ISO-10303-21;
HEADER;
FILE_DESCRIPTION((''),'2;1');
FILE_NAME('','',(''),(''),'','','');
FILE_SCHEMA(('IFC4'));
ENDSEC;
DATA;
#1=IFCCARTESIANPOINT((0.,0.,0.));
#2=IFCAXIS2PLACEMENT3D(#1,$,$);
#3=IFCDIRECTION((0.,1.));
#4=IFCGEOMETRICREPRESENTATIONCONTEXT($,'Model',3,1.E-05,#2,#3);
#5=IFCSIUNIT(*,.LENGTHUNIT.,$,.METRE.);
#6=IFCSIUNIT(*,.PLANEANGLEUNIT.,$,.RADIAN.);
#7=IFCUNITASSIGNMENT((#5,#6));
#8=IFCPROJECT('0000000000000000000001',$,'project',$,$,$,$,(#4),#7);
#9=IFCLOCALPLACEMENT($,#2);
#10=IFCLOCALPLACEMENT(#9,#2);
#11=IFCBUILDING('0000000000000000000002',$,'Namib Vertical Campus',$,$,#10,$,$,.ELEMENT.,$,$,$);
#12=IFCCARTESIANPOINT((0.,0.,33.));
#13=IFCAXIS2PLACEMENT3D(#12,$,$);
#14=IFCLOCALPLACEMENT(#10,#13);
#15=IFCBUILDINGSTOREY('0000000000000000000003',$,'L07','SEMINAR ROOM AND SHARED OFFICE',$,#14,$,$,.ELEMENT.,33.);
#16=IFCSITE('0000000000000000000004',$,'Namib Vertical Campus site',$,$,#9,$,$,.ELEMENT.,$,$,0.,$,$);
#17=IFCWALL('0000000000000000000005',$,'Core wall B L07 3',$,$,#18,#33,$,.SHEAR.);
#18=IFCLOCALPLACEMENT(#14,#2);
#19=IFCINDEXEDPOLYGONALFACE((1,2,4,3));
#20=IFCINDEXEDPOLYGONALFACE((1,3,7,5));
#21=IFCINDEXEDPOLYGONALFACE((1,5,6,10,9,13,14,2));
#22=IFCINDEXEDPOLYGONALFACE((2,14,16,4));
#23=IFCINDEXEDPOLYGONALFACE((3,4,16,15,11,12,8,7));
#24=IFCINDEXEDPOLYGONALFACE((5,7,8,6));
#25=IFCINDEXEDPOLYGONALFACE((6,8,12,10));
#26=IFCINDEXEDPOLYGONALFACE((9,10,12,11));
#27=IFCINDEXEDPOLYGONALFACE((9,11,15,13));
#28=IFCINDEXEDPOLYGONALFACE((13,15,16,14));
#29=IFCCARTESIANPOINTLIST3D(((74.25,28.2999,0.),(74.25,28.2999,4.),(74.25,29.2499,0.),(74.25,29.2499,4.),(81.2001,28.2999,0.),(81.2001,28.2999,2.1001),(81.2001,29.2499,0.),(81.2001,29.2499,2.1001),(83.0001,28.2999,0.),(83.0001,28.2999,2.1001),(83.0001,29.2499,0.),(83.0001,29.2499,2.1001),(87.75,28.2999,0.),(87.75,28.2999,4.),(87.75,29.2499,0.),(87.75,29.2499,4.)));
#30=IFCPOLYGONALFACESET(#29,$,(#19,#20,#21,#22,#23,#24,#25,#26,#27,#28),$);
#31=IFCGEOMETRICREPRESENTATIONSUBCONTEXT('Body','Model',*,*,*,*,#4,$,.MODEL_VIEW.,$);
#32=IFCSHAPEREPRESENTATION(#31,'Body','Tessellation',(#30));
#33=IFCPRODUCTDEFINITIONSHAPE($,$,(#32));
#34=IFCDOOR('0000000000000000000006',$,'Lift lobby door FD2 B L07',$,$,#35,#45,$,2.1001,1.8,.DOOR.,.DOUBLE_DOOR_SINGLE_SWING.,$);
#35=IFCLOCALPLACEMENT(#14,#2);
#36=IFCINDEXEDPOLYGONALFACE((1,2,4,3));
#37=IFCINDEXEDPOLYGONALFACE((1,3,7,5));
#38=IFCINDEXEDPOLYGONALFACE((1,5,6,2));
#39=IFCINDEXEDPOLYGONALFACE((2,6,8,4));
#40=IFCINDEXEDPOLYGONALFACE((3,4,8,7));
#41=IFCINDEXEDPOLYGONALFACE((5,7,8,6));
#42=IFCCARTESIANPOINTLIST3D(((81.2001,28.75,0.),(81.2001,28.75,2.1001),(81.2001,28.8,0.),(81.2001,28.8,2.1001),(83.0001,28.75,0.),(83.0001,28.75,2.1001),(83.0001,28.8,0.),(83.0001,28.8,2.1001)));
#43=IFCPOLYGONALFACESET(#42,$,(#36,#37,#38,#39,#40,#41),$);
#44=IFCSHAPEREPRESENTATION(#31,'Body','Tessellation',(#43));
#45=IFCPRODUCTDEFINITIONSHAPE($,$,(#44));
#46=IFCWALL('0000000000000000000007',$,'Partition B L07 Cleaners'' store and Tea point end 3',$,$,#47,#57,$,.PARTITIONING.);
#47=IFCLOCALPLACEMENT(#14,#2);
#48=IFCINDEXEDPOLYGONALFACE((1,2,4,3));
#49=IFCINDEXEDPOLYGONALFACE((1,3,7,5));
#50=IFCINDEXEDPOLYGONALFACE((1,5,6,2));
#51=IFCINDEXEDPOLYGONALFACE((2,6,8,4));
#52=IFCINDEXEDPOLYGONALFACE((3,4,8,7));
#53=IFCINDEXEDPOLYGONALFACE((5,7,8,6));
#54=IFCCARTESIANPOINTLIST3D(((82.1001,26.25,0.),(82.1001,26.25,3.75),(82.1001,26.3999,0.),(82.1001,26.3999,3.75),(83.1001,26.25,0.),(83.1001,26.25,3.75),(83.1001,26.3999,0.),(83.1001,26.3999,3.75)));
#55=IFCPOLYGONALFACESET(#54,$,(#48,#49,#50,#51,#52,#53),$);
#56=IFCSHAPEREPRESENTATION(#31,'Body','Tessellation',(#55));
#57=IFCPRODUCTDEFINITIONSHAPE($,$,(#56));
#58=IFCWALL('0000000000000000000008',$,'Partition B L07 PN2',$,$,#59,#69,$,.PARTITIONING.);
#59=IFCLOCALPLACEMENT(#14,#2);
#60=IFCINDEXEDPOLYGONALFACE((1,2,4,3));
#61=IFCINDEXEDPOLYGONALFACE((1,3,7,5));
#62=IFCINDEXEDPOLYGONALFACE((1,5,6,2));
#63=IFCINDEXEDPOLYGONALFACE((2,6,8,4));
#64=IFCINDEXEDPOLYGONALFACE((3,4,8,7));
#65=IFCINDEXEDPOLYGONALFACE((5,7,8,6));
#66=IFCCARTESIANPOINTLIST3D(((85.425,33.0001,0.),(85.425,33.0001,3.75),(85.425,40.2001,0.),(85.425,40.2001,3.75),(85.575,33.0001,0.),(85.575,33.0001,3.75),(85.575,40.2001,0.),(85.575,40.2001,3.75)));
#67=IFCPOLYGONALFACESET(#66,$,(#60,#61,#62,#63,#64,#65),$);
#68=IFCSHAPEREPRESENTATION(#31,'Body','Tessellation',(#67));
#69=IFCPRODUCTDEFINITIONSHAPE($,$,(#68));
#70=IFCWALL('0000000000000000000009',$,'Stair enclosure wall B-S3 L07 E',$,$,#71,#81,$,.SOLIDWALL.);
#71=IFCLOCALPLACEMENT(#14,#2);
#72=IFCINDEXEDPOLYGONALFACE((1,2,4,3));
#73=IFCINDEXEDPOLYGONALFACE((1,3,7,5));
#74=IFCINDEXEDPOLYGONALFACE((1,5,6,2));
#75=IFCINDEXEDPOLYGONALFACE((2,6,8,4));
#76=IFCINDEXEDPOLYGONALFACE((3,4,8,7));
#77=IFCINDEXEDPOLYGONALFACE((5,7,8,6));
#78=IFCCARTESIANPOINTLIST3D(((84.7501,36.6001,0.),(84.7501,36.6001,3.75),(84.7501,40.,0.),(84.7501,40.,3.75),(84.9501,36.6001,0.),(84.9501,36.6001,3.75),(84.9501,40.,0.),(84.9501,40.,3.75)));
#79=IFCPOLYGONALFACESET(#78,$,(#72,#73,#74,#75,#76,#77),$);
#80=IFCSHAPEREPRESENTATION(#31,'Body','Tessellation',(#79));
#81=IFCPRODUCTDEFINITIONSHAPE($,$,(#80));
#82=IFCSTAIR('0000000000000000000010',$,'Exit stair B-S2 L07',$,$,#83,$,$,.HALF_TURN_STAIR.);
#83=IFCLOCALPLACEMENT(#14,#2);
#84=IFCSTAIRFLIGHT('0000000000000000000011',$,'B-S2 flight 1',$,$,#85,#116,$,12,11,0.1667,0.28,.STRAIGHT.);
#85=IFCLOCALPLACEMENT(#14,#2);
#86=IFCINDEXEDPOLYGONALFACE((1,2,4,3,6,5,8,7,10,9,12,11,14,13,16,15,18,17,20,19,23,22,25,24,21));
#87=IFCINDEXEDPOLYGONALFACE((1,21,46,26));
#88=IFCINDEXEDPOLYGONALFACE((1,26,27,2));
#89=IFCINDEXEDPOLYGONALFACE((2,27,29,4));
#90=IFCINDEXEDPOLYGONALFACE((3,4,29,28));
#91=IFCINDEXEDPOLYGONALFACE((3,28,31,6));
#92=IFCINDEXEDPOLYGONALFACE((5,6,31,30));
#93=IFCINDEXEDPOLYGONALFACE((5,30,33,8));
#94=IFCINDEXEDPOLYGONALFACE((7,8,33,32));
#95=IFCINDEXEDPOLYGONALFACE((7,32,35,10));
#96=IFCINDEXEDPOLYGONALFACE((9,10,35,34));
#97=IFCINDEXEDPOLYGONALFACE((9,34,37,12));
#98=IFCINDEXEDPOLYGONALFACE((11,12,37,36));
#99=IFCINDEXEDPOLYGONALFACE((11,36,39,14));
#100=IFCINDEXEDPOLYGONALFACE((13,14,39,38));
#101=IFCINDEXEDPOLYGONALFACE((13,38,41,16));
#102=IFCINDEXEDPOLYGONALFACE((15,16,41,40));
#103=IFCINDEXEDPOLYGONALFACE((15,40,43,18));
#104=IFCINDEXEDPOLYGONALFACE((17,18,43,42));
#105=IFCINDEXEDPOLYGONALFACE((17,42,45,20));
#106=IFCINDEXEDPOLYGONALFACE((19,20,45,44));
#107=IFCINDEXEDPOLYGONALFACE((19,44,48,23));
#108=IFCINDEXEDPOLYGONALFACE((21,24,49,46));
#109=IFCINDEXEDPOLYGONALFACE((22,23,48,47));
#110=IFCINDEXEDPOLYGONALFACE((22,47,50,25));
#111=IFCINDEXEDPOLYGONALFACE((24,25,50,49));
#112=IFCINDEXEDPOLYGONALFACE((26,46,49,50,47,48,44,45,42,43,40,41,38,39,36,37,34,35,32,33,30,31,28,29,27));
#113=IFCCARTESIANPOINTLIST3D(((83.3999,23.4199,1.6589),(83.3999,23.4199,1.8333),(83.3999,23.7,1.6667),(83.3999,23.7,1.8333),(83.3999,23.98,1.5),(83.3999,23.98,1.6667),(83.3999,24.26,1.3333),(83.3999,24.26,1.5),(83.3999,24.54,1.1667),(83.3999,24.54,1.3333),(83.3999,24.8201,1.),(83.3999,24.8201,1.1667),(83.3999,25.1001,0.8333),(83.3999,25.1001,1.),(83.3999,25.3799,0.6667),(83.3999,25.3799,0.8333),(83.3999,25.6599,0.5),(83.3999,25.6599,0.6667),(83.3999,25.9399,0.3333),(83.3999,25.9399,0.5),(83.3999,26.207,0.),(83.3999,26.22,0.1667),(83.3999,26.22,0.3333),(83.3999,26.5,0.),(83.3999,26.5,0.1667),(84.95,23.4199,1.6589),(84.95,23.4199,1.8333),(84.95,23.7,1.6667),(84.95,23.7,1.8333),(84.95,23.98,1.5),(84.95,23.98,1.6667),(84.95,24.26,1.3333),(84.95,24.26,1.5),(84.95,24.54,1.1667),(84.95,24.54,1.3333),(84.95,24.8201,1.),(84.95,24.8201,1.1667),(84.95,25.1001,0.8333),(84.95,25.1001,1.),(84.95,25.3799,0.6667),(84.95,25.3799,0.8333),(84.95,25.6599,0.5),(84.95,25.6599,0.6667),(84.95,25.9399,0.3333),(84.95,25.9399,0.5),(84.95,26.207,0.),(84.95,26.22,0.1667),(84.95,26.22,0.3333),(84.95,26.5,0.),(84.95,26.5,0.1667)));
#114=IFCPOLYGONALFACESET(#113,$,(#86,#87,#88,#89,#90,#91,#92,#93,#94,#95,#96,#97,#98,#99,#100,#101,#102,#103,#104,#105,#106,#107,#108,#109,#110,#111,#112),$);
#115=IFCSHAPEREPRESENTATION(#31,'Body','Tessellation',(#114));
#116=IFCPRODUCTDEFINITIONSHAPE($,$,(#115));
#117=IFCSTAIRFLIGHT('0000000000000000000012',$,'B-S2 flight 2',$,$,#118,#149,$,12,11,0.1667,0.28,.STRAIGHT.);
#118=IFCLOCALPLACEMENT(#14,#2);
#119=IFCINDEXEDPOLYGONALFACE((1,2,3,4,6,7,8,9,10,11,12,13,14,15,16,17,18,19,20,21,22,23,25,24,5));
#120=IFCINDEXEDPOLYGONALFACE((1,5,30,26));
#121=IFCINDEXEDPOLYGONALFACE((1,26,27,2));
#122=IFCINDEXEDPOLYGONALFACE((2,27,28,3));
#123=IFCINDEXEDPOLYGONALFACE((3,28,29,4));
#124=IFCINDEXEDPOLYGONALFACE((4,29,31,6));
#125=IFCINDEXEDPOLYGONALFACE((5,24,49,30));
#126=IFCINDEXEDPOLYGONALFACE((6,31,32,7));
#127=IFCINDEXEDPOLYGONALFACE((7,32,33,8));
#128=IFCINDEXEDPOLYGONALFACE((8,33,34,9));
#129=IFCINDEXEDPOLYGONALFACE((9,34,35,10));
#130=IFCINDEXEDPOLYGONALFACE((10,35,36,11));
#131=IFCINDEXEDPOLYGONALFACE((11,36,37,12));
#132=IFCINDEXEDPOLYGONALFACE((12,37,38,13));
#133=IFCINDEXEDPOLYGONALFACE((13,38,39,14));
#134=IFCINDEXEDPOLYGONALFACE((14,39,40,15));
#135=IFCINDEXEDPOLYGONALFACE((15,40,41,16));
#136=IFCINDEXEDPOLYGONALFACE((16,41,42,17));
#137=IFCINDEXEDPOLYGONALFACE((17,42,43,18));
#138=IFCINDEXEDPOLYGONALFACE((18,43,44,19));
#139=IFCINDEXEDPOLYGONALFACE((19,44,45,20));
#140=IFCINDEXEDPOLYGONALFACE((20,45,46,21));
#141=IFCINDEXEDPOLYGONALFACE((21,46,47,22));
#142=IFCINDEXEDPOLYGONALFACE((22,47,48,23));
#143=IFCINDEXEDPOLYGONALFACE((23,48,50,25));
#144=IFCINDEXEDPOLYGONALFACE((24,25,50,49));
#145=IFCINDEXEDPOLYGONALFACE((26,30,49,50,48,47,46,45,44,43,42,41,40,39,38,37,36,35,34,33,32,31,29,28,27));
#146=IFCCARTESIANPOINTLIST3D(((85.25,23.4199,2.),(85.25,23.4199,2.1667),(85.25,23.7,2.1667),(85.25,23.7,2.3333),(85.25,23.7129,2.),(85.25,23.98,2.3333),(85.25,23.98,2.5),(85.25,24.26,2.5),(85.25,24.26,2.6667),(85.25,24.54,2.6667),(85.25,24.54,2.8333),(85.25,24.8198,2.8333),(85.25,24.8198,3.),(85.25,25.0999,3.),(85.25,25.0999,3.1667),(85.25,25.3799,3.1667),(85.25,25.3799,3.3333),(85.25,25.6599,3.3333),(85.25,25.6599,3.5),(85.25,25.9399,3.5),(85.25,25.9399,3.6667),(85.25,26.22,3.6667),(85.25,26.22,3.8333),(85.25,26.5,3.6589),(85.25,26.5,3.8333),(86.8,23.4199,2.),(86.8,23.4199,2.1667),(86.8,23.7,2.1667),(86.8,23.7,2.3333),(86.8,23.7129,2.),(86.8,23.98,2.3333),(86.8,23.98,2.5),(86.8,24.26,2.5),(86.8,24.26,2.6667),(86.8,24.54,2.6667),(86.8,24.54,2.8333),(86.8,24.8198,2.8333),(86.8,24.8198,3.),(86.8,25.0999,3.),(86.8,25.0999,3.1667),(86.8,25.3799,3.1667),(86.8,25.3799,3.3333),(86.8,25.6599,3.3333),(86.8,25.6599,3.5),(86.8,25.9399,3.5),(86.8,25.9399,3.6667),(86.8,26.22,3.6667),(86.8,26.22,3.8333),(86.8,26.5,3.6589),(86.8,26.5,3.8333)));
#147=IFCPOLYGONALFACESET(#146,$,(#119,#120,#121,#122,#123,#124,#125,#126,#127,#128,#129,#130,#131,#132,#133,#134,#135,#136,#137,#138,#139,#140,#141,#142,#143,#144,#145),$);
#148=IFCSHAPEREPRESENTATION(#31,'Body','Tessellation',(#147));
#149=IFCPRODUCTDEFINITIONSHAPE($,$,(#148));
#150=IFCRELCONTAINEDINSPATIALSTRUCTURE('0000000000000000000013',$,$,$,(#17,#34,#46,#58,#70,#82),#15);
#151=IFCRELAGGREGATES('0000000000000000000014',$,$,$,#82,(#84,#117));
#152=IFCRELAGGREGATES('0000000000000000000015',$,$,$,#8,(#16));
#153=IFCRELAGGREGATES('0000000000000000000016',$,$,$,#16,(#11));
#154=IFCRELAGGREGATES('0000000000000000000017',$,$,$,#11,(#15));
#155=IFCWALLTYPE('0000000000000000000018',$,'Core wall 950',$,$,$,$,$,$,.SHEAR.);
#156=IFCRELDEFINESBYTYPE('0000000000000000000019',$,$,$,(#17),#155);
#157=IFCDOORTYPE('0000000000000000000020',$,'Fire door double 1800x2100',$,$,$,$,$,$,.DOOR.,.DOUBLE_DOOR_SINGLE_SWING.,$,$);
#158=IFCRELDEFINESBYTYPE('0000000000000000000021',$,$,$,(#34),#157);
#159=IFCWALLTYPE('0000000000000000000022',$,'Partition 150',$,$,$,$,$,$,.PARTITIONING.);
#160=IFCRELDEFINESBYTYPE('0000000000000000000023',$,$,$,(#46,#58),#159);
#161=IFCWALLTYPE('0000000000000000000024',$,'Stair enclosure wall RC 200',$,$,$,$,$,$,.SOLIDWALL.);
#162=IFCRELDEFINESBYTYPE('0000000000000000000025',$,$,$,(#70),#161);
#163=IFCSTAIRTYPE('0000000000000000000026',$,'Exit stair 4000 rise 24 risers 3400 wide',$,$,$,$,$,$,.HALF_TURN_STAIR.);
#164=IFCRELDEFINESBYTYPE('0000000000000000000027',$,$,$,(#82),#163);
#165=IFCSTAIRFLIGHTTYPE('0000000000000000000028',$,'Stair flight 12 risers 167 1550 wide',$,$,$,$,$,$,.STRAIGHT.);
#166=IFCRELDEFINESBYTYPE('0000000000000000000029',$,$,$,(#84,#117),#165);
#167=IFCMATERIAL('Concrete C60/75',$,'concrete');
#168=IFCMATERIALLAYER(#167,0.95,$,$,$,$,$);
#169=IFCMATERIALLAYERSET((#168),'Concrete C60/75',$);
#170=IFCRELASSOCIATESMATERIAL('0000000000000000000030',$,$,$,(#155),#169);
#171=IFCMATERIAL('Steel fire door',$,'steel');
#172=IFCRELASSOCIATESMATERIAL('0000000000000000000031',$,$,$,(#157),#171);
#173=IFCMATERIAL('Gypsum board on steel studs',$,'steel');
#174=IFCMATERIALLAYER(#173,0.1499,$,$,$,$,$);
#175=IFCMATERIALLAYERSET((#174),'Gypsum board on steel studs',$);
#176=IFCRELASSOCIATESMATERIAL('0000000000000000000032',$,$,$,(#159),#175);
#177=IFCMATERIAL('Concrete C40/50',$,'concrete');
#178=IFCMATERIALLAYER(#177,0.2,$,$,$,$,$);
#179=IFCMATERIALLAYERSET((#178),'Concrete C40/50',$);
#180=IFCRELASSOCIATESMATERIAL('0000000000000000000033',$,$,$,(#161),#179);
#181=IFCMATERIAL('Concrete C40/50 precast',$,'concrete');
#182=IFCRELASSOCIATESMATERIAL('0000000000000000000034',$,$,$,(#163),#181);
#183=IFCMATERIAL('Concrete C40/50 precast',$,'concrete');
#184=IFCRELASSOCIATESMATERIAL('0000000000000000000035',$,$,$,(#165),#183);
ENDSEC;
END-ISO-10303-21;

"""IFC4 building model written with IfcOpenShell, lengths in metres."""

from ifc_helpers import new_model, si_unit, direction, frame, frame_2d, origin, place, context, subcontext, project, spatial, polyline, rectangle, outline, extrude, material, layer, layer_set, type_object, element, fill, aggregate, save


model = new_model("IFC4")

# Units and contexts
model_context = context("Model", 3, precision=1e-05, world=origin(), true_north=direction((0.0, 1.0)))
body_context = subcontext(model_context, "Body", "Model", "MODEL_VIEW")
ifc_project = project(units=[si_unit("LENGTHUNIT", "METRE"), si_unit("PLANEANGLEUNIT", "RADIAN")], contexts=[model_context])

# Site, building, storey
site_placement = place(None, origin())
site = spatial("IfcSite", under=ifc_project, at=site_placement, Name="Namib Vertical Campus site", CompositionType="ELEMENT", RefElevation=0.0)
building_placement = place(site_placement, origin())
building = spatial("IfcBuilding", under=site, at=building_placement, Name="Namib Vertical Campus", CompositionType="ELEMENT")
storey_placement = place(building_placement, frame((0.0, 0.0, 33.0)))
storey = spatial("IfcBuildingStorey", under=building, at=storey_placement, Name="L07", Description="SEMINAR ROOM AND SHARED OFFICE", CompositionType="ELEMENT", Elevation=33.0)

# Wall, opening, door
ifc_material_1 = material(Name="Concrete C60/75", Category="concrete")
ifc_layer_1 = layer(ifc_material_1, 0.95)
ifc_layer_set_1 = layer_set([ifc_layer_1], Name="Concrete C60/75")
wall_type_1 = type_object("IfcWallType", Name="Core wall 950", PredefinedType="SHEAR", material=ifc_layer_set_1)
wall_1_placement = place(storey_placement, frame((87.75, 28.7749, 0.0), z_axis=(0.0, 0.0, 1.0), x_axis=(-1.0, 0.0, 0.0)))
wall_1 = element("IfcWall", 1, at=wall_1_placement, inside=storey, type_object=wall_type_1, Name="Core wall B L07 3", PredefinedType="SHEAR", context=body_context, shape_type="SweptSolid", body=[
    extrude(rectangle(XDim=13.5, YDim=0.95, at=frame_2d((6.75, 0.0))), origin(), (0.0, 0.0, 1.0), 4.0),
])
opening_placement = place(wall_1_placement, frame((4.75, 0.0, 0.0)))
opening = element("IfcOpeningElement", 2, at=opening_placement, cuts=wall_1, PredefinedType="OPENING", context=body_context, shape_type="SweptSolid", body=[
    extrude(rectangle(XDim=1.8, YDim=2.1001, at=frame_2d((0.8999, 1.05))), frame((0.0, 0.4849, 0.0), z_axis=(0.0, -1.0, 0.0), x_axis=(1.0, 0.0, 0.0)), (0.0, 0.0, 1.0), 0.97),
])
ifc_material_2 = material(Name="Steel fire door", Category="steel")
door_type = type_object("IfcDoorType", Name="Fire door double 1800x2100", OperationType="DOUBLE_DOOR_SINGLE_SWING", PredefinedType="DOOR", material=ifc_material_2)
door_placement = place(opening_placement, origin())
door = element("IfcDoor", 3, at=door_placement, inside=storey, type_object=door_type, Name="Lift lobby door FD2 B L07", OperationType="DOUBLE_DOOR_SINGLE_SWING", OverallHeight=2.1001, OverallWidth=1.8, PredefinedType="DOOR", context=body_context, shape_type="SweptSolid", body=[
    extrude(rectangle(XDim=1.8, YDim=2.1001, at=frame_2d((0.8999, 1.05))), frame((0.0, 0.0249, 0.0), z_axis=(0.0, -1.0, 0.0), x_axis=(1.0, 0.0, 0.0)), (0.0, 0.0, 1.0), 0.05),
])
fill(opening, door)

# Walls
ifc_material_3 = material(Name="Gypsum board on steel studs", Category="steel")
ifc_layer_2 = layer(ifc_material_3, 0.1499)
ifc_layer_set_2 = layer_set([ifc_layer_2], Name="Gypsum board on steel studs")
wall_type_2 = type_object("IfcWallType", Name="Partition 150", PredefinedType="PARTITIONING", material=ifc_layer_set_2)
wall_2_placement = place(storey_placement, frame((82.1001, 26.325, 0.0), z_axis=(0.0, 0.0, 1.0), x_axis=(1.0, 0.0, 0.0)))
element("IfcWall", 4, at=wall_2_placement, inside=storey, type_object=wall_type_2, Name="Partition B L07 Cleaners' store and Tea point end 3", PredefinedType="PARTITIONING", context=body_context, shape_type="SweptSolid", body=[
    extrude(rectangle(XDim=1.0, YDim=0.1499, at=frame_2d((0.5, 0.0))), origin(), (0.0, 0.0, 1.0), 3.75),
])
wall_3_placement = place(storey_placement, frame((85.5, 33.0, 0.0), z_axis=(0.0, 0.0, 1.0), x_axis=(0.0, 1.0, 0.0)))
element("IfcWall", 5, at=wall_3_placement, inside=storey, type_object=wall_type_2, Name="Partition B L07 PN2", PredefinedType="PARTITIONING", context=body_context, shape_type="SweptSolid", body=[
    extrude(rectangle(XDim=7.2, YDim=0.1499, at=frame_2d((3.6001, 0.0))), origin(), (0.0, 0.0, 1.0), 3.75),
])
ifc_material_4 = material(Name="Concrete C40/50", Category="concrete")
ifc_layer_3 = layer(ifc_material_4, 0.2)
ifc_layer_set_3 = layer_set([ifc_layer_3], Name="Concrete C40/50")
wall_type_3 = type_object("IfcWallType", Name="Stair enclosure wall RC 200", PredefinedType="SOLIDWALL", material=ifc_layer_set_3)
wall_4_placement = place(storey_placement, frame((84.8501, 36.6001, 0.0), z_axis=(0.0, 0.0, 1.0), x_axis=(0.0, 1.0, 0.0)))
element("IfcWall", 6, at=wall_4_placement, inside=storey, type_object=wall_type_3, Name="Stair enclosure wall B-S3 L07 E", PredefinedType="SOLIDWALL", context=body_context, shape_type="SweptSolid", body=[
    extrude(rectangle(XDim=3.3999, YDim=0.2, at=frame_2d((1.7, 0.0))), origin(), (0.0, 0.0, 1.0), 3.75),
])

# Stair, stair flights
ifc_material_5 = material(Name="Concrete C40/50 precast", Category="concrete")
stair_type = type_object("IfcStairType", Name="Exit stair 4000 rise 24 risers 3400 wide", PredefinedType="HALF_TURN_STAIR", material=ifc_material_5)
stair_1_placement = place(storey_placement, origin())
stair_1 = element("IfcStair", 7, at=stair_1_placement, inside=storey, type_object=stair_type, Name="Exit stair B-S2 L07", PredefinedType="HALF_TURN_STAIR")
ifc_material_6 = material(Name="Concrete C40/50 precast", Category="concrete")
stair_flight_type = type_object("IfcStairFlightType", Name="Stair flight 12 risers 167 1550 wide", PredefinedType="STRAIGHT", material=ifc_material_6)
stair_flight_1_placement = place(storey_placement, frame((84.175, 26.5, 0.0), z_axis=(0.0, 0.0, 1.0), x_axis=(0.0, -1.0, 0.0)))
stair_flight_1 = element("IfcStairFlight", 8, at=stair_flight_1_placement, type_object=stair_flight_type, Name="B-S2 flight 1", NumberOfRisers=12, NumberOfTreads=11, PredefinedType="STRAIGHT", RiserHeight=0.1667, TreadLength=0.28, context=body_context, shape_type="SweptSolid", body=[
    extrude(outline(polyline([(0.0, 0.0), (0.0, 0.1667), (0.28, 0.1667), (0.28, 0.3333), (0.5601, 0.3333), (0.5601, 0.5), (0.8401, 0.5), (0.8401, 0.6667), (1.1201, 0.6667), (1.1201, 0.8333), (1.3999, 0.8333), (1.3999, 1.0), (1.6799, 1.0), (1.6799, 1.1667), (1.96, 1.1667), (1.96, 1.3333), (2.24, 1.3333), (2.24, 1.5), (2.52, 1.5), (2.52, 1.6667), (2.8, 1.6667), (2.8, 1.8333), (3.0801, 1.8333), (3.0801, 2.0), (3.0801, 1.6589), (0.293, 0.0), (0.0, 0.0)])), frame((0.0, 0.7749, 0.0), z_axis=(0.0, -1.0, 0.0), x_axis=(1.0, 0.0, 0.0)), (0.0, 0.0, 1.0), 1.55),
])
stair_flight_2_placement = place(storey_placement, frame((86.0249, 23.4199, 2.0), z_axis=(0.0, 0.0, 1.0), x_axis=(0.0, 1.0, 0.0)))
stair_flight_2 = element("IfcStairFlight", 9, at=stair_flight_2_placement, type_object=stair_flight_type, Name="B-S2 flight 2", NumberOfRisers=12, NumberOfTreads=11, PredefinedType="STRAIGHT", RiserHeight=0.1667, TreadLength=0.28, context=body_context, shape_type="SweptSolid", body=[
    extrude(outline(polyline([(0.0, 0.0), (0.0, 0.1667), (0.28, 0.1667), (0.28, 0.3333), (0.5601, 0.3333), (0.5601, 0.5), (0.8401, 0.5), (0.8401, 0.6667), (1.1201, 0.6667), (1.1201, 0.8333), (1.3999, 0.8333), (1.3999, 1.0), (1.6799, 1.0), (1.6799, 1.1667), (1.96, 1.1667), (1.96, 1.3333), (2.24, 1.3333), (2.24, 1.5), (2.52, 1.5), (2.52, 1.6667), (2.8, 1.6667), (2.8, 1.8333), (3.0801, 1.8333), (3.0801, 2.0), (3.0801, 1.6589), (0.293, 0.0), (0.0, 0.0)])), frame((0.0, 0.7749, 0.0), z_axis=(0.0, -1.0, 0.0), x_axis=(1.0, 0.0, 0.0)), (0.0, 0.0, 1.0), 1.55),
])
aggregate(stair_1, [stair_flight_1, stair_flight_2])

save(model, "model.ifc")
